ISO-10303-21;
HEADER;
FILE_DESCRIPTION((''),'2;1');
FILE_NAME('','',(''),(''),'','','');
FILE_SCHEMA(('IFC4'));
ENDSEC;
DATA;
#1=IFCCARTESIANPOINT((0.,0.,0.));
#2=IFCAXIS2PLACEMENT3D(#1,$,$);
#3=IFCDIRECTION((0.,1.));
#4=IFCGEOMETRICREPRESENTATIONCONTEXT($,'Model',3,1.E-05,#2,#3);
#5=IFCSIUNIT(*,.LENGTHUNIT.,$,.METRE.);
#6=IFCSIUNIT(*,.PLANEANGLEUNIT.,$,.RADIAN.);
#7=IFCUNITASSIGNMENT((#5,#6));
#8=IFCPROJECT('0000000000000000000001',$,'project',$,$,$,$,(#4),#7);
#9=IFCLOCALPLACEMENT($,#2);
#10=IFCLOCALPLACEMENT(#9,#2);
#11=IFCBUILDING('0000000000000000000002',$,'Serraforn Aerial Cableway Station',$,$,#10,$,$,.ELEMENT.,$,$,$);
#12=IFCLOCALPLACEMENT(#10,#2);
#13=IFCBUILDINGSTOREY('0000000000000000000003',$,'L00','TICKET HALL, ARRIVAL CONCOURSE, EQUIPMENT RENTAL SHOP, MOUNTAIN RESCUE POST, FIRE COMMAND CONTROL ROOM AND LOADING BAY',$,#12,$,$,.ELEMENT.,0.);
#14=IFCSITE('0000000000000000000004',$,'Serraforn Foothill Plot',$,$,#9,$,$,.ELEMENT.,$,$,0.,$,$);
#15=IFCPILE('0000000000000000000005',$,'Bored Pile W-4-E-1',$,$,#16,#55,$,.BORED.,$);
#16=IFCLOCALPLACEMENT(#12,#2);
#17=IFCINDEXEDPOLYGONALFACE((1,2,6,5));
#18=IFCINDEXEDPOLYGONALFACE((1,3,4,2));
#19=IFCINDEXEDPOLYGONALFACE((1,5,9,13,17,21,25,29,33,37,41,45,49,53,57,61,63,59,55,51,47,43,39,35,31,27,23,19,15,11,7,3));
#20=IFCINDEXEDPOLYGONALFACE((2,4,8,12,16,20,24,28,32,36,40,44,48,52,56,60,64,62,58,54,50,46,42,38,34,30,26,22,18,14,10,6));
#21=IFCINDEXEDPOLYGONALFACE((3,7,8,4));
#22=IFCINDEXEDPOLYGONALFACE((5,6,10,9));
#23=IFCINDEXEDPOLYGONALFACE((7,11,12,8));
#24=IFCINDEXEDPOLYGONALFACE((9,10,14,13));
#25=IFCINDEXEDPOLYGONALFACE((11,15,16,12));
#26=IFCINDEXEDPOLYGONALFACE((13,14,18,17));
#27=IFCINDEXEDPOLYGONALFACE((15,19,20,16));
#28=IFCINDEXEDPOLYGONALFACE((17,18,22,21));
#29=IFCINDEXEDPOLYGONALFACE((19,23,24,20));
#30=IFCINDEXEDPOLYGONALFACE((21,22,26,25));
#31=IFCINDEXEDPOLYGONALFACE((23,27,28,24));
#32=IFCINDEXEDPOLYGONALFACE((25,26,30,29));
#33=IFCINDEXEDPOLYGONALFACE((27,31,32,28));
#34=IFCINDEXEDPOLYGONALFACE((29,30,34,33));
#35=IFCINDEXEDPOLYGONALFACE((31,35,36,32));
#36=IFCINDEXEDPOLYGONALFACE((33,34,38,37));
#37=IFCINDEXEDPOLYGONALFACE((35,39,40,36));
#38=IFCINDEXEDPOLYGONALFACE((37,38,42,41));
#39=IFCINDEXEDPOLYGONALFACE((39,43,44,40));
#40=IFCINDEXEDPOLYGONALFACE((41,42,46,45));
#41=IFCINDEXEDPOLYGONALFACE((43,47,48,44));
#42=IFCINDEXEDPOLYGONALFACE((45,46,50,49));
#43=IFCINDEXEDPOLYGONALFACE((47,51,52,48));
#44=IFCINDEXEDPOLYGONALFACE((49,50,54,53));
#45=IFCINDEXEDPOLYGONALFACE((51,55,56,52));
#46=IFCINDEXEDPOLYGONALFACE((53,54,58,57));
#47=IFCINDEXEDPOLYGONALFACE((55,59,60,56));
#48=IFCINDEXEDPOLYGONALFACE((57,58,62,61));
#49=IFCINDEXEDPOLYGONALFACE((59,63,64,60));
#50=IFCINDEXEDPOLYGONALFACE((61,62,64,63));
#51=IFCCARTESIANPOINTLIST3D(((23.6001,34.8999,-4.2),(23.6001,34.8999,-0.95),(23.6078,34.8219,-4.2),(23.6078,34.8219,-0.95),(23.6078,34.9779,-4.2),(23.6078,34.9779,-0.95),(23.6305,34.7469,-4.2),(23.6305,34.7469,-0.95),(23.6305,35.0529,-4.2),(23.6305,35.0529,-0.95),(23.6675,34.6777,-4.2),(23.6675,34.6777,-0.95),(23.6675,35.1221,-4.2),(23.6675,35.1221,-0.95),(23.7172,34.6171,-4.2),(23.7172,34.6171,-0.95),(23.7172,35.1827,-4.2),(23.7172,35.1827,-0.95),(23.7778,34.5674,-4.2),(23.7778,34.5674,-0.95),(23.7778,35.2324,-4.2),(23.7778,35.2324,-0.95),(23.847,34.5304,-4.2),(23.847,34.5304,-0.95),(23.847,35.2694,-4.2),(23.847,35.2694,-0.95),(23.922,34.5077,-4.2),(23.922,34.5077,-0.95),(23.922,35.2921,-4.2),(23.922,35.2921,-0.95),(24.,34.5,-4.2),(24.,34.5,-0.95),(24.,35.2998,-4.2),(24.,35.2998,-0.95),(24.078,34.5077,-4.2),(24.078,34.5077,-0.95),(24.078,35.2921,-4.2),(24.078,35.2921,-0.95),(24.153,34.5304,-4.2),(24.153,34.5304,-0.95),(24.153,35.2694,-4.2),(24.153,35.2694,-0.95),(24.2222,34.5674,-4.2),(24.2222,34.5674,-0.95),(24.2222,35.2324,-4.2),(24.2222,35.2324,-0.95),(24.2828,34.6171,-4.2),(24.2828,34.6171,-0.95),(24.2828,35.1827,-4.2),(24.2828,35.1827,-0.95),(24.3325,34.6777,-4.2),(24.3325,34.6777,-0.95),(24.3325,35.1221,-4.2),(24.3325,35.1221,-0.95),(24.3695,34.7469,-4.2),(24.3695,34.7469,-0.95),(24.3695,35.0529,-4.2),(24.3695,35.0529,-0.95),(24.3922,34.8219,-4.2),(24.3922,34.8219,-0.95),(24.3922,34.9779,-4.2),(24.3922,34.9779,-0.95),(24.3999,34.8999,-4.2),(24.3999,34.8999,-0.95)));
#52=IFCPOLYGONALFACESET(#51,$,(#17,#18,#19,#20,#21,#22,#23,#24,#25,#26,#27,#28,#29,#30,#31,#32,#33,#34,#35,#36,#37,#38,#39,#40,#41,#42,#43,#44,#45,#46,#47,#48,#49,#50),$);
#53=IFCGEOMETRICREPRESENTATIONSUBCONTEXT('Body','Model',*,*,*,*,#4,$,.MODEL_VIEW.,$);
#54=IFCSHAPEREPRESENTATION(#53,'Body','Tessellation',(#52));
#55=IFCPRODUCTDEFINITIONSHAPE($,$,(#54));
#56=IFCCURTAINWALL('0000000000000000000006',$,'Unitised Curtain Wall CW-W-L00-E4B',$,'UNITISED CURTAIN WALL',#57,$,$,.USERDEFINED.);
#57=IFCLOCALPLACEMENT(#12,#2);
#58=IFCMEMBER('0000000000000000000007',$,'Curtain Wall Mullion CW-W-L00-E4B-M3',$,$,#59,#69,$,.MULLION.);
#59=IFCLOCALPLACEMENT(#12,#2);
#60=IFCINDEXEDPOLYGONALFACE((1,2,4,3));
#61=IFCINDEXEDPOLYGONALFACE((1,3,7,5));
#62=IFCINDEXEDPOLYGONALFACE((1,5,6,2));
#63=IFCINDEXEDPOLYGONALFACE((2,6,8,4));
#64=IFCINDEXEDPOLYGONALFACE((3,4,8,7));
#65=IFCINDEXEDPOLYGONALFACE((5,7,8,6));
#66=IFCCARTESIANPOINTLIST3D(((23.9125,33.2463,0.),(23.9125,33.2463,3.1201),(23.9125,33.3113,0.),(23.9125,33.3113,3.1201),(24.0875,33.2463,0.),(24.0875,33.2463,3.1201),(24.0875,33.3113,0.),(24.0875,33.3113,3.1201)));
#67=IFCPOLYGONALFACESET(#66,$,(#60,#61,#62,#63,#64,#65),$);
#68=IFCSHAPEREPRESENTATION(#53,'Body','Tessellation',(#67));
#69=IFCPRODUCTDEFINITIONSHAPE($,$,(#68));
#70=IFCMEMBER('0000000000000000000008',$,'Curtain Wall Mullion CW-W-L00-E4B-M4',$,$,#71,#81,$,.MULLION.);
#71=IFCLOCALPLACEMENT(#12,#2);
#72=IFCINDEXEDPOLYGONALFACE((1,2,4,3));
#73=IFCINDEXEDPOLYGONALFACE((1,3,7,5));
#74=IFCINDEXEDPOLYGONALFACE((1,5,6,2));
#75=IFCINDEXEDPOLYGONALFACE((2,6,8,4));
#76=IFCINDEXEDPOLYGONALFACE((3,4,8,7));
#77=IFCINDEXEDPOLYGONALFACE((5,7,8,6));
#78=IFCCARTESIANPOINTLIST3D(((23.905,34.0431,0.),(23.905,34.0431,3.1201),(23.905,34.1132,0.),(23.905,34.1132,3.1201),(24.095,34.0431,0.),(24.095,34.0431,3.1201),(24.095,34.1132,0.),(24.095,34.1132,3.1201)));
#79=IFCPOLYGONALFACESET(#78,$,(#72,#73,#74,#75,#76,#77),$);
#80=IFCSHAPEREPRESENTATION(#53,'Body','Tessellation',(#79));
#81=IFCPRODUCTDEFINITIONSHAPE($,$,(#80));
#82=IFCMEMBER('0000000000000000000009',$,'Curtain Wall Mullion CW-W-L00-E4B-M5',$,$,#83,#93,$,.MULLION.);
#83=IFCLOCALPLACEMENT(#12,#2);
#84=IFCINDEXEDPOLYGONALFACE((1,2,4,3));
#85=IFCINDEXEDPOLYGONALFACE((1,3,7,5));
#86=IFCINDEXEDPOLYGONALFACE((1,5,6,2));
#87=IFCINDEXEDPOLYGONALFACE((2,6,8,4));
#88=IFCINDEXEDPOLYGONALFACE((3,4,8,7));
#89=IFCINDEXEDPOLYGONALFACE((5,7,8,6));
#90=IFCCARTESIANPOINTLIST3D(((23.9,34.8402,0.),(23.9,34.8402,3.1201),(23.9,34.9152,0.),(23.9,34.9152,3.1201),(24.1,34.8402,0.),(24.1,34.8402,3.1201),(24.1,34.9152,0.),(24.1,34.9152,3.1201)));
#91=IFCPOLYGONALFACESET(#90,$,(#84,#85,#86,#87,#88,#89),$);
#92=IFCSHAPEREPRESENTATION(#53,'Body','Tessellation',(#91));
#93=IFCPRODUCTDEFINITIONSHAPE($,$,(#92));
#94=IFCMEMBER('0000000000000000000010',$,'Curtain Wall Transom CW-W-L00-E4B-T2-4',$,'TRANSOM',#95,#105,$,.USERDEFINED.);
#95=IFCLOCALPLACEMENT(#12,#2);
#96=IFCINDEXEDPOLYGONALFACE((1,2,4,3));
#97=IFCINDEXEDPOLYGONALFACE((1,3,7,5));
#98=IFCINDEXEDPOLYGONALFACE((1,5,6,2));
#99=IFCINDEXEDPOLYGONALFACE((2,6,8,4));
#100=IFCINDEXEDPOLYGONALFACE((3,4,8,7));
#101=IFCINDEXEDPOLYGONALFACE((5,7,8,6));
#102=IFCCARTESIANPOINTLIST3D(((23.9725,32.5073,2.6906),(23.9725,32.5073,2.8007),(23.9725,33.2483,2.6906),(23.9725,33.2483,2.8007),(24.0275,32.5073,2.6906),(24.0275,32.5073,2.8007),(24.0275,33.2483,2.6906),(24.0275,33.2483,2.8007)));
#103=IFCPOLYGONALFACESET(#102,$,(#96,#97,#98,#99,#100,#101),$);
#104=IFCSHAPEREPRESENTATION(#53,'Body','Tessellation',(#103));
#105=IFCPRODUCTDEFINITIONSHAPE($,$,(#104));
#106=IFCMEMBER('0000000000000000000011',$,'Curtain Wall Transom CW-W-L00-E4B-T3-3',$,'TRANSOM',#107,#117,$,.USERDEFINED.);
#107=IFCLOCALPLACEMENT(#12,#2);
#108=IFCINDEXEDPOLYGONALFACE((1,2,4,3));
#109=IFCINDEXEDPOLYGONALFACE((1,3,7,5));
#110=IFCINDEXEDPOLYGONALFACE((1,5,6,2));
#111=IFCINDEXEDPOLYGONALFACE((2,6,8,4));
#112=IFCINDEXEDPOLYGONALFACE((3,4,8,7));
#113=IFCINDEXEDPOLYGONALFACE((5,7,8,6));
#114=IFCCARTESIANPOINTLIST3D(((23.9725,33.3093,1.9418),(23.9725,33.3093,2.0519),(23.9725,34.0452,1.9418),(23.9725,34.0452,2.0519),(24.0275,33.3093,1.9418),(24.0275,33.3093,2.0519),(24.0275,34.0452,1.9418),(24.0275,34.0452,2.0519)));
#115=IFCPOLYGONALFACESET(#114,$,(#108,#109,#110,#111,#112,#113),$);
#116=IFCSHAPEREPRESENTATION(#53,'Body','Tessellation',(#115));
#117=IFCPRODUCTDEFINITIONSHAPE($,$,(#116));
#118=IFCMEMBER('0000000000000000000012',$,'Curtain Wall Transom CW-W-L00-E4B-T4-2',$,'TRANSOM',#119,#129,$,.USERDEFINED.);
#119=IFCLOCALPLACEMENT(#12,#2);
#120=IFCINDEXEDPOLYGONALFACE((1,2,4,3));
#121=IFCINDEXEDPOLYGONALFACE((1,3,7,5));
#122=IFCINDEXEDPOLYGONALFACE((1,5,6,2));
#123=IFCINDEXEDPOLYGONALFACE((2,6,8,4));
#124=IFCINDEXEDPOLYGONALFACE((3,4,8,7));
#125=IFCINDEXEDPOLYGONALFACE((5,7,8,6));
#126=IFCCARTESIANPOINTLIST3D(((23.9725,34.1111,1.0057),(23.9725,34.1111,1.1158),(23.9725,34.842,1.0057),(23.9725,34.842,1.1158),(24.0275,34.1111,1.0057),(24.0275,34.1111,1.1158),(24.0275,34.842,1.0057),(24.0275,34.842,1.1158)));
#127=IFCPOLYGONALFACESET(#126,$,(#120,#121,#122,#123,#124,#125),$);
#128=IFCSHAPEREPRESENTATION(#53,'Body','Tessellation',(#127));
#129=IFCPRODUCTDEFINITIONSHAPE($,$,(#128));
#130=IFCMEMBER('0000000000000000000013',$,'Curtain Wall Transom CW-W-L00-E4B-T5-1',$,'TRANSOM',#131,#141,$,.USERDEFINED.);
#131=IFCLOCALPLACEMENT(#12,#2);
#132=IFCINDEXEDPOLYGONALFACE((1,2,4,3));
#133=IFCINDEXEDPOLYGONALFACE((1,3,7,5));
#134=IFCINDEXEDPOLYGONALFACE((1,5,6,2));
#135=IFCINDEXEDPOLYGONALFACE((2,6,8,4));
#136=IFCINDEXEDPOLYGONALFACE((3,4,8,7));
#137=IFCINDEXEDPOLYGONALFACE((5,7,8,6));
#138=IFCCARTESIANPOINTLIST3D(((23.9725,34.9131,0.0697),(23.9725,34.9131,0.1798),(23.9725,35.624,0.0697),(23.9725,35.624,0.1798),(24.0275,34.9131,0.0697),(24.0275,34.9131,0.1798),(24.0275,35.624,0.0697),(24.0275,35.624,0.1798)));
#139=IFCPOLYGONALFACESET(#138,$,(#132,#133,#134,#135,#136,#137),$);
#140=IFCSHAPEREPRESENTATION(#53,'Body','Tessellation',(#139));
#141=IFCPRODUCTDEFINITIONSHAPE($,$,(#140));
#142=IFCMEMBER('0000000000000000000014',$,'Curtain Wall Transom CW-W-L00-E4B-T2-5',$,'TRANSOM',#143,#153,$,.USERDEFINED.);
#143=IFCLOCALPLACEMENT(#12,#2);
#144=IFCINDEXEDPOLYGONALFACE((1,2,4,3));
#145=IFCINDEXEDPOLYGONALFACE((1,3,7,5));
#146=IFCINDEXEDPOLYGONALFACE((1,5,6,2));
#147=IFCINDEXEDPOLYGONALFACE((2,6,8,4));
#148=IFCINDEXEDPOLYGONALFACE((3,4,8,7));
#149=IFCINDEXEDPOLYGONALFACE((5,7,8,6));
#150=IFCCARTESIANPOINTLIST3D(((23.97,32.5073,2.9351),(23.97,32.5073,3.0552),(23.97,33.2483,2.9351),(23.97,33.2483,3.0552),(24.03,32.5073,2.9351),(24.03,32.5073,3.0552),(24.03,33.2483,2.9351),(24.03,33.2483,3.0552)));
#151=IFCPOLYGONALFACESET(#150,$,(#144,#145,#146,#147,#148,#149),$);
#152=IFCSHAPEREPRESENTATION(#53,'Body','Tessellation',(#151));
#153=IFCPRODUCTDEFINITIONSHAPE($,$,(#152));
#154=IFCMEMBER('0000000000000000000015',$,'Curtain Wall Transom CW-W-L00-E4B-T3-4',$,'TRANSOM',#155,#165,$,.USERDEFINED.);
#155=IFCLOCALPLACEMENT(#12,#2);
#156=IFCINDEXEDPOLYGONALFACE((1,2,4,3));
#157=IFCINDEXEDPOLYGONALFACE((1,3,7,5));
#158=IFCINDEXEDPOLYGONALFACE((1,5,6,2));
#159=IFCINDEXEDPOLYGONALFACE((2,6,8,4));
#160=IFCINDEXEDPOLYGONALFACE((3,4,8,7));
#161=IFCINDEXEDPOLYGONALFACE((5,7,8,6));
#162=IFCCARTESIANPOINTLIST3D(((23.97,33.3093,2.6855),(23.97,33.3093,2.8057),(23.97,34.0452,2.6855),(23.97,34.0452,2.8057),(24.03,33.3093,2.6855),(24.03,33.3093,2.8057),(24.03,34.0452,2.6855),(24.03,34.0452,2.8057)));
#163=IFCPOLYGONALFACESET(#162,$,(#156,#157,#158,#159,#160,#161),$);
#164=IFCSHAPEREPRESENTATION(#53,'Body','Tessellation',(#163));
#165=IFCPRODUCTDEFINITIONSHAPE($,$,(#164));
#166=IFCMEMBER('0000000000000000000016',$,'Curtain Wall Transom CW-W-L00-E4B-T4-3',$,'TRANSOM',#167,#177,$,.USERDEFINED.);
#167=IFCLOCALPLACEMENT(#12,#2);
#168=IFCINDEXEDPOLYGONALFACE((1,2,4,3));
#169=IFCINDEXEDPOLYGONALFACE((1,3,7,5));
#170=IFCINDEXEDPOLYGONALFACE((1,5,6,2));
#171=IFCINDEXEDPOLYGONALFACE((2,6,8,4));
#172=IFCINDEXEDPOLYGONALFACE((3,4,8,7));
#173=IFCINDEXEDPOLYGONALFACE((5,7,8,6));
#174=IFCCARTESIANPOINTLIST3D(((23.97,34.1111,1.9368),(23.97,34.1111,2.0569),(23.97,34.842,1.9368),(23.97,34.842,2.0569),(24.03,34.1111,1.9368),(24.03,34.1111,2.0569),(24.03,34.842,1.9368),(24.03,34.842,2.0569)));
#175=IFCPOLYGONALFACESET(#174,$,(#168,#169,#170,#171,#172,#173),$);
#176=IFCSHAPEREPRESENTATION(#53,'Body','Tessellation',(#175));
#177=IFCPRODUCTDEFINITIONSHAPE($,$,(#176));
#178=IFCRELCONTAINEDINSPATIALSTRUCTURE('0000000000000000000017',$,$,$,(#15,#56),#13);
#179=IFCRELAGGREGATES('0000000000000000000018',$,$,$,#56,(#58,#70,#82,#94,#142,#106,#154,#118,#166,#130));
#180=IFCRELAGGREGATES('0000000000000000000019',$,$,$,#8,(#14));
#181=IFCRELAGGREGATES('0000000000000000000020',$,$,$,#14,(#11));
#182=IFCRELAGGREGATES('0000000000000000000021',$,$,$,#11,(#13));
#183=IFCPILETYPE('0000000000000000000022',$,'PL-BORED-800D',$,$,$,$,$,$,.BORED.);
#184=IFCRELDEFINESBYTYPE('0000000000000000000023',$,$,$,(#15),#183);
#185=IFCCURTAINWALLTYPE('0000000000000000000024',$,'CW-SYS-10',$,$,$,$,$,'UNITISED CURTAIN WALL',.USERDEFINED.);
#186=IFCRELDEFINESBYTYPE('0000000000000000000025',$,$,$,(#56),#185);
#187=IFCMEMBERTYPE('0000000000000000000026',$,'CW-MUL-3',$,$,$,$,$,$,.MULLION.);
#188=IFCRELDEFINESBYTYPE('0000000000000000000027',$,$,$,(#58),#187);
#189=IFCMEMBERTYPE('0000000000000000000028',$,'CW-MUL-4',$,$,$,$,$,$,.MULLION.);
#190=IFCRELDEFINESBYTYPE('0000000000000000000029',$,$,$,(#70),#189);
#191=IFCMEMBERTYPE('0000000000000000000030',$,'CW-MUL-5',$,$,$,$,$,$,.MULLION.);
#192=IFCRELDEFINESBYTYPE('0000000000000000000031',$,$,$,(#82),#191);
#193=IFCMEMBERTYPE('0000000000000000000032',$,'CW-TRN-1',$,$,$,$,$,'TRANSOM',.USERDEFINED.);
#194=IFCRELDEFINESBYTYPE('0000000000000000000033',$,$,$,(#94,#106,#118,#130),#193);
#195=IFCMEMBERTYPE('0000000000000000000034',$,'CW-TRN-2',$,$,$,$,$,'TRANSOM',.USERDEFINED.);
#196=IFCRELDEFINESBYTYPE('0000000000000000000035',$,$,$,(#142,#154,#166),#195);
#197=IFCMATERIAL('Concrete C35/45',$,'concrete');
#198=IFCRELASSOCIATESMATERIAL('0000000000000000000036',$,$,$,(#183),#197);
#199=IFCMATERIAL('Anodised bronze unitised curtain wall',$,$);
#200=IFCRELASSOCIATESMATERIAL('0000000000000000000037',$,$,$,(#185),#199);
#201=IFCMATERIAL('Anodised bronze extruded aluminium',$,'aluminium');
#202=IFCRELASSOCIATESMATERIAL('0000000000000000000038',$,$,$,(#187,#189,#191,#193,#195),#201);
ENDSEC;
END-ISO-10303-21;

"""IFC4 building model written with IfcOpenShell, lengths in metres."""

from ifc_helpers import new_model, si_unit, direction, frame, origin, origin_2d, place, context, subcontext, project, spatial, rectangle, circle, extrude, material, material_profile, profile_set, type_object, element, aggregate, save


model = new_model("IFC4")

# Units and contexts
model_context = context("Model", 3, precision=1e-05, world=origin(), true_north=direction((0.0, 1.0)))
body_context = subcontext(model_context, "Body", "Model", "MODEL_VIEW")
ifc_project = project(units=[si_unit("LENGTHUNIT", "METRE"), si_unit("PLANEANGLEUNIT", "RADIAN")], contexts=[model_context])

# Site, building, storey
site_placement = place(None, origin())
site = spatial("IfcSite", under=ifc_project, at=site_placement, Name="Serraforn Foothill Plot", CompositionType="ELEMENT", RefElevation=0.0)
building_placement = place(site_placement, origin())
building = spatial("IfcBuilding", under=site, at=building_placement, Name="Serraforn Aerial Cableway Station", CompositionType="ELEMENT")
storey_placement = place(building_placement, origin())
storey = spatial("IfcBuildingStorey", under=building, at=storey_placement, Name="L00", Description="TICKET HALL, ARRIVAL CONCOURSE, EQUIPMENT RENTAL SHOP, MOUNTAIN RESCUE POST, FIRE COMMAND CONTROL ROOM AND LOADING BAY", CompositionType="ELEMENT", Elevation=0.0)

# Pile
ifc_material_1 = material(Name="Concrete C35/45", Category="concrete")
ifc_material_profile_1 = material_profile(ifc_material_1, circle(Radius=0.3999, at=origin_2d()), Name="BORED PILE D800")
ifc_profile_set_1 = profile_set([ifc_material_profile_1], Name="Concrete C35/45")
pile_type = type_object("IfcPileType", Name="PL-BORED-800D", PredefinedType="BORED", material=ifc_profile_set_1)
pile_placement = place(storey_placement, frame((24.0, 34.8999, -0.95), z_axis=(0.0, 0.0, -1.0), x_axis=(1.0, 0.0, 0.0)))
element("IfcPile", 1, at=pile_placement, inside=storey, type_object=pile_type, Name="Bored Pile W-4-E-1", PredefinedType="BORED", context=body_context, shape_type="SweptSolid", body=[
    extrude(circle(Radius=0.3999, at=origin_2d()), origin(), (0.0, 0.0, 1.0), 3.25),
])

# Curtain wall, members
ifc_material_2 = material(Name="Anodised bronze unitised curtain wall")
curtain_wall_type = type_object("IfcCurtainWallType", Name="CW-SYS-10", ElementType="UNITISED CURTAIN WALL", PredefinedType="USERDEFINED", material=ifc_material_2)
curtain_wall_placement = place(storey_placement, origin())
curtain_wall = element("IfcCurtainWall", 2, at=curtain_wall_placement, inside=storey, type_object=curtain_wall_type, Name="Unitised Curtain Wall CW-W-L00-E4B", ObjectType="UNITISED CURTAIN WALL", PredefinedType="USERDEFINED")
ifc_material_3 = material(Name="Anodised bronze extruded aluminium", Category="aluminium")
ifc_material_profile_2 = material_profile(ifc_material_3, rectangle(XDim=0.0649, YDim=0.175, at=origin_2d()), Name="CW MULLION 65x175")
ifc_profile_set_2 = profile_set([ifc_material_profile_2], Name="Anodised bronze extruded aluminium")
member_type_1 = type_object("IfcMemberType", Name="CW-MUL-3", PredefinedType="MULLION", material=ifc_profile_set_2)
member_1_placement = place(storey_placement, frame((24.0, 33.2788, 0.0), z_axis=(0.0, 0.0, 1.0), x_axis=(0.0, 1.0, 0.0)))
member_1 = element("IfcMember", 3, at=member_1_placement, type_object=member_type_1, Name="Curtain Wall Mullion CW-W-L00-E4B-M3", PredefinedType="MULLION", context=body_context, shape_type="SweptSolid", body=[
    extrude(rectangle(XDim=0.0649, YDim=0.175, at=origin_2d()), origin(), (0.0, 0.0, 1.0), 3.1201),
])
ifc_material_profile_3 = material_profile(ifc_material_3, rectangle(XDim=0.0701, YDim=0.1899, at=origin_2d()), Name="CW MULLION 70x190")
ifc_profile_set_3 = profile_set([ifc_material_profile_3], Name="Anodised bronze extruded aluminium")
member_type_2 = type_object("IfcMemberType", Name="CW-MUL-4", PredefinedType="MULLION", material=ifc_profile_set_3)
member_2_placement = place(storey_placement, frame((24.0, 34.0781, 0.0), z_axis=(0.0, 0.0, 1.0), x_axis=(0.0, 1.0, 0.0)))
member_2 = element("IfcMember", 4, at=member_2_placement, type_object=member_type_2, Name="Curtain Wall Mullion CW-W-L00-E4B-M4", PredefinedType="MULLION", context=body_context, shape_type="SweptSolid", body=[
    extrude(rectangle(XDim=0.0701, YDim=0.1899, at=origin_2d()), origin(), (0.0, 0.0, 1.0), 3.1201),
])
ifc_material_profile_4 = material_profile(ifc_material_3, rectangle(XDim=0.075, YDim=0.2, at=origin_2d()), Name="CW MULLION 75x200")
ifc_profile_set_4 = profile_set([ifc_material_profile_4], Name="Anodised bronze extruded aluminium")
member_type_3 = type_object("IfcMemberType", Name="CW-MUL-5", PredefinedType="MULLION", material=ifc_profile_set_4)
member_3_placement = place(storey_placement, frame((24.0, 34.8777, 0.0), z_axis=(0.0, 0.0, 1.0), x_axis=(0.0, 1.0, 0.0)))
member_3 = element("IfcMember", 5, at=member_3_placement, type_object=member_type_3, Name="Curtain Wall Mullion CW-W-L00-E4B-M5", PredefinedType="MULLION", context=body_context, shape_type="SweptSolid", body=[
    extrude(rectangle(XDim=0.075, YDim=0.2, at=origin_2d()), origin(), (0.0, 0.0, 1.0), 3.1201),
])
ifc_material_profile_5 = material_profile(ifc_material_3, rectangle(XDim=0.0549, YDim=0.1101, at=origin_2d()), Name="CW TRANSOM 55x110")
ifc_profile_set_5 = profile_set([ifc_material_profile_5], Name="Anodised bronze extruded aluminium")
member_type_4 = type_object("IfcMemberType", Name="CW-TRN-1", ElementType="TRANSOM", PredefinedType="USERDEFINED", material=ifc_profile_set_5)
member_4_placement = place(storey_placement, frame((24.0, 32.5073, 2.7456), z_axis=(0.0, 1.0, 0.0), x_axis=(-1.0, 0.0, 0.0)))
member_4 = element("IfcMember", 6, at=member_4_placement, type_object=member_type_4, Name="Curtain Wall Transom CW-W-L00-E4B-T2-4", ObjectType="TRANSOM", PredefinedType="USERDEFINED", context=body_context, shape_type="SweptSolid", body=[
    extrude(rectangle(XDim=0.0549, YDim=0.1101, at=origin_2d()), origin(), (0.0, 0.0, 1.0), 0.741),
])
member_5_placement = place(storey_placement, frame((24.0, 33.3093, 1.9968), z_axis=(0.0, 1.0, 0.0), x_axis=(-1.0, 0.0, 0.0)))
member_5 = element("IfcMember", 7, at=member_5_placement, type_object=member_type_4, Name="Curtain Wall Transom CW-W-L00-E4B-T3-3", ObjectType="TRANSOM", PredefinedType="USERDEFINED", context=body_context, shape_type="SweptSolid", body=[
    extrude(rectangle(XDim=0.0549, YDim=0.1101, at=origin_2d()), origin(), (0.0, 0.0, 1.0), 0.7358),
])
member_6_placement = place(storey_placement, frame((24.0, 34.1111, 1.0608), z_axis=(0.0, 1.0, 0.0), x_axis=(-1.0, 0.0, 0.0)))
member_6 = element("IfcMember", 8, at=member_6_placement, type_object=member_type_4, Name="Curtain Wall Transom CW-W-L00-E4B-T4-2", ObjectType="TRANSOM", PredefinedType="USERDEFINED", context=body_context, shape_type="SweptSolid", body=[
    extrude(rectangle(XDim=0.0549, YDim=0.1101, at=origin_2d()), origin(), (0.0, 0.0, 1.0), 0.731),
])
member_7_placement = place(storey_placement, frame((24.0, 34.9131, 0.1248), z_axis=(0.0, 1.0, 0.0), x_axis=(-1.0, 0.0, 0.0)))
member_7 = element("IfcMember", 9, at=member_7_placement, type_object=member_type_4, Name="Curtain Wall Transom CW-W-L00-E4B-T5-1", ObjectType="TRANSOM", PredefinedType="USERDEFINED", context=body_context, shape_type="SweptSolid", body=[
    extrude(rectangle(XDim=0.0549, YDim=0.1101, at=origin_2d()), origin(), (0.0, 0.0, 1.0), 0.7109),
])
ifc_material_profile_6 = material_profile(ifc_material_3, rectangle(XDim=0.0601, YDim=0.1201, at=origin_2d()), Name="CW TRANSOM 60x120")
ifc_profile_set_6 = profile_set([ifc_material_profile_6], Name="Anodised bronze extruded aluminium")
member_type_5 = type_object("IfcMemberType", Name="CW-TRN-2", ElementType="TRANSOM", PredefinedType="USERDEFINED", material=ifc_profile_set_6)
member_8_placement = place(storey_placement, frame((24.0, 32.5073, 2.9951), z_axis=(0.0, 1.0, 0.0), x_axis=(-1.0, 0.0, 0.0)))
member_8 = element("IfcMember", 10, at=member_8_placement, type_object=member_type_5, Name="Curtain Wall Transom CW-W-L00-E4B-T2-5", ObjectType="TRANSOM", PredefinedType="USERDEFINED", context=body_context, shape_type="SweptSolid", body=[
    extrude(rectangle(XDim=0.0601, YDim=0.1201, at=origin_2d()), origin(), (0.0, 0.0, 1.0), 0.741),
])
member_9_placement = place(storey_placement, frame((24.0, 33.3093, 2.7456), z_axis=(0.0, 1.0, 0.0), x_axis=(-1.0, 0.0, 0.0)))
member_9 = element("IfcMember", 11, at=member_9_placement, type_object=member_type_5, Name="Curtain Wall Transom CW-W-L00-E4B-T3-4", ObjectType="TRANSOM", PredefinedType="USERDEFINED", context=body_context, shape_type="SweptSolid", body=[
    extrude(rectangle(XDim=0.0601, YDim=0.1201, at=origin_2d()), origin(), (0.0, 0.0, 1.0), 0.7358),
])
member_10_placement = place(storey_placement, frame((24.0, 34.1111, 1.9968), z_axis=(0.0, 1.0, 0.0), x_axis=(-1.0, 0.0, 0.0)))
member_10 = element("IfcMember", 12, at=member_10_placement, type_object=member_type_5, Name="Curtain Wall Transom CW-W-L00-E4B-T4-3", ObjectType="TRANSOM", PredefinedType="USERDEFINED", context=body_context, shape_type="SweptSolid", body=[
    extrude(rectangle(XDim=0.0601, YDim=0.1201, at=origin_2d()), origin(), (0.0, 0.0, 1.0), 0.731),
])
aggregate(curtain_wall, [member_1, member_2, member_3, member_4, member_8, member_5, member_9, member_6, member_10, member_7])

save(model, "model.ifc")
